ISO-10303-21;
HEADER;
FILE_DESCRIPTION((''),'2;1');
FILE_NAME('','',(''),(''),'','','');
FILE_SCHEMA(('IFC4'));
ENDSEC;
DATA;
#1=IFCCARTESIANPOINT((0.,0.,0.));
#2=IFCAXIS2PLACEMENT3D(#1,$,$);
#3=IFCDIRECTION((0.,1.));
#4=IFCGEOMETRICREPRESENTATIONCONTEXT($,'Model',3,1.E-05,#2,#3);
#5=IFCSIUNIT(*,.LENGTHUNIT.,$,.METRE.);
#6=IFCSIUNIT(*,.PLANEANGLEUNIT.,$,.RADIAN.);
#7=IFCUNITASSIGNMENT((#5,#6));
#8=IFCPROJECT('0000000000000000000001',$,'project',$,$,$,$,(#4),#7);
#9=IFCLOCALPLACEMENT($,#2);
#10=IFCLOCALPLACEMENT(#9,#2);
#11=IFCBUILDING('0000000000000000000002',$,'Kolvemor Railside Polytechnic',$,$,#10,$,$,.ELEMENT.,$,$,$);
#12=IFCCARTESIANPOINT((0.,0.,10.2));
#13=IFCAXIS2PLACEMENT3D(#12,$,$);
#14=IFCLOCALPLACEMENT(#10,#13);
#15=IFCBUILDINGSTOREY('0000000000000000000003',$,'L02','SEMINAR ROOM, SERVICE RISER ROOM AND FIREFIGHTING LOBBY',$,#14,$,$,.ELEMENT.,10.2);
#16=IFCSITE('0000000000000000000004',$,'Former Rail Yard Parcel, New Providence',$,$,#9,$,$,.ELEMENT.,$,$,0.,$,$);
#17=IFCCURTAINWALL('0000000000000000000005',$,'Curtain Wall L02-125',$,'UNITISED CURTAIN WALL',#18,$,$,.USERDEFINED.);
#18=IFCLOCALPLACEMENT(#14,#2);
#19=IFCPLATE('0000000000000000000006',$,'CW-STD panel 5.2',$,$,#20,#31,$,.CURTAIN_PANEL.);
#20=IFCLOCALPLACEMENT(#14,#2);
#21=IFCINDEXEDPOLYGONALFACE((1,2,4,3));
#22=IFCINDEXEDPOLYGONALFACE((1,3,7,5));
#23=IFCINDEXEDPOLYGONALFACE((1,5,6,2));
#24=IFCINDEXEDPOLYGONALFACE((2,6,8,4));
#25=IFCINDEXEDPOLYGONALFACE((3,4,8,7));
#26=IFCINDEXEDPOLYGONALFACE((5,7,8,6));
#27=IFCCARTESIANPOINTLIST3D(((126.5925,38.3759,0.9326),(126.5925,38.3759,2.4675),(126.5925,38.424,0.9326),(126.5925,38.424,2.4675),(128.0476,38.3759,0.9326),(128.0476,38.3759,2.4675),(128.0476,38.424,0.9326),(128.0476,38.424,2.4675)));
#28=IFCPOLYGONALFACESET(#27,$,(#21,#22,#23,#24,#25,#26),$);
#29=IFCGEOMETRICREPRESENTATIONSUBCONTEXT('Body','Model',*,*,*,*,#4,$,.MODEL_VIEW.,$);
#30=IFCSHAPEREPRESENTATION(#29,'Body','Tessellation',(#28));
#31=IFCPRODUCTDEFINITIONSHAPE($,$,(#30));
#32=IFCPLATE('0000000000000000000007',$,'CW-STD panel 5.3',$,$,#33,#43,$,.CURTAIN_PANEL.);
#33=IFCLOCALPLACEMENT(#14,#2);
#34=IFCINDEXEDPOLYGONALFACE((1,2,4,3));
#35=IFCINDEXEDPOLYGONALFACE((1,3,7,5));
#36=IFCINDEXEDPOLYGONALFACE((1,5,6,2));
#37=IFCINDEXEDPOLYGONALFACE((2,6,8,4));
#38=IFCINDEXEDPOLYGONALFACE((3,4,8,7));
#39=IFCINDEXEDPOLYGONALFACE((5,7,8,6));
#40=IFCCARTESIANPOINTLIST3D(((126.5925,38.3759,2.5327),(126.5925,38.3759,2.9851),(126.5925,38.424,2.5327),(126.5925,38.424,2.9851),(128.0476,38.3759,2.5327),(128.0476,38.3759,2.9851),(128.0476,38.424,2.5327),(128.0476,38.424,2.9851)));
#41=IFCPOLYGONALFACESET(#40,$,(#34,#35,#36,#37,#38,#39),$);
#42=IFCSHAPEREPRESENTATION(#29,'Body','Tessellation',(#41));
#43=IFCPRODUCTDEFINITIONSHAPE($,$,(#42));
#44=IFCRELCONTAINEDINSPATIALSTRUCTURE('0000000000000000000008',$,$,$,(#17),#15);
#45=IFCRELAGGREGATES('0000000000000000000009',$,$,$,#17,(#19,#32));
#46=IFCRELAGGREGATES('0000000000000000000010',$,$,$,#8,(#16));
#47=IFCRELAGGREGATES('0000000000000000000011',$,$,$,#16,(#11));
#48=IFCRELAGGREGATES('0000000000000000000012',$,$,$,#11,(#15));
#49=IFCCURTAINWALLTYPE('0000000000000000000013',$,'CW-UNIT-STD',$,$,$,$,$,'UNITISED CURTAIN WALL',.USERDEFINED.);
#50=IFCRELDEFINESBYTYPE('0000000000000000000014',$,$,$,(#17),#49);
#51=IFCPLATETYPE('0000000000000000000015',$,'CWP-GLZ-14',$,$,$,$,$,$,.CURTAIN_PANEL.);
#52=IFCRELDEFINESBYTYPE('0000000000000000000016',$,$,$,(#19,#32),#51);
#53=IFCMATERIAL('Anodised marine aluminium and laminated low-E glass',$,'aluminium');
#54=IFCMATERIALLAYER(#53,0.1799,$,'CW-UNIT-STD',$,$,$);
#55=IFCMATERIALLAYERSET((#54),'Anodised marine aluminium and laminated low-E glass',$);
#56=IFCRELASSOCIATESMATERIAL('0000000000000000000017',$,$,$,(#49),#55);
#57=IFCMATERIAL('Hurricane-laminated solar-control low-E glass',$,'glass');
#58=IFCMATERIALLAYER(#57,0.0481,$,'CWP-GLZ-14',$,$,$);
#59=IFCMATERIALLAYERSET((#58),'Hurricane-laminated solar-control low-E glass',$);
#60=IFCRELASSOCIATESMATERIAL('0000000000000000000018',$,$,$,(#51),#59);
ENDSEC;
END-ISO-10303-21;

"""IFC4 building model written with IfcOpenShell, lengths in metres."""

from ifc_helpers import new_model, si_unit, direction, frame, origin, origin_2d, place, context, subcontext, project, spatial, rectangle, extrude, material, layer, layer_set, type_object, element, aggregate, save


model = new_model("IFC4")

# Units and contexts
model_context = context("Model", 3, precision=1e-05, world=origin(), true_north=direction((0.0, 1.0)))
body_context = subcontext(model_context, "Body", "Model", "MODEL_VIEW")
ifc_project = project(units=[si_unit("LENGTHUNIT", "METRE"), si_unit("PLANEANGLEUNIT", "RADIAN")], contexts=[model_context])

# Site, building, storey
site_placement = place(None, origin())
site = spatial("IfcSite", under=ifc_project, at=site_placement, Name="Former Rail Yard Parcel, New Providence", CompositionType="ELEMENT", RefElevation=0.0)
building_placement = place(site_placement, origin())
building = spatial("IfcBuilding", under=site, at=building_placement, Name="Kolvemor Railside Polytechnic", CompositionType="ELEMENT")
storey_placement = place(building_placement, frame((0.0, 0.0, 10.2)))
storey = spatial("IfcBuildingStorey", under=building, at=storey_placement, Name="L02", Description="SEMINAR ROOM, SERVICE RISER ROOM AND FIREFIGHTING LOBBY", CompositionType="ELEMENT", Elevation=10.2)

# Curtain wall, plates
ifc_material_1 = material(Name="Anodised marine aluminium and laminated low-E glass", Category="aluminium")
ifc_layer_1 = layer(ifc_material_1, 0.1799, Name="CW-UNIT-STD")
ifc_layer_set_1 = layer_set([ifc_layer_1], Name="Anodised marine aluminium and laminated low-E glass")
curtain_wall_type = type_object("IfcCurtainWallType", Name="CW-UNIT-STD", ElementType="UNITISED CURTAIN WALL", PredefinedType="USERDEFINED", material=ifc_layer_set_1)
curtain_wall_placement = place(storey_placement, origin())
curtain_wall = element("IfcCurtainWall", 1, at=curtain_wall_placement, inside=storey, type_object=curtain_wall_type, Name="Curtain Wall L02-125", ObjectType="UNITISED CURTAIN WALL", PredefinedType="USERDEFINED")
ifc_material_2 = material(Name="Hurricane-laminated solar-control low-E glass", Category="glass")
ifc_layer_2 = layer(ifc_material_2, 0.0481, Name="CWP-GLZ-14")
ifc_layer_set_2 = layer_set([ifc_layer_2], Name="Hurricane-laminated solar-control low-E glass")
plate_type = type_object("IfcPlateType", Name="CWP-GLZ-14", PredefinedType="CURTAIN_PANEL", material=ifc_layer_set_2)
plate_1_placement = place(storey_placement, frame((127.3201, 38.3999, 0.9326), z_axis=(0.0, 0.0, 1.0), x_axis=(-1.0, 0.0, 0.0)))
plate_1 = element("IfcPlate", 2, at=plate_1_placement, type_object=plate_type, Name="CW-STD panel 5.2", PredefinedType="CURTAIN_PANEL", context=body_context, shape_type="SweptSolid", body=[
    extrude(rectangle(XDim=1.4551, YDim=0.0481, at=origin_2d()), origin(), (0.0, 0.0, 1.0), 1.5349),
])
plate_2_placement = place(storey_placement, frame((127.3201, 38.3999, 2.5327), z_axis=(0.0, 0.0, 1.0), x_axis=(-1.0, 0.0, 0.0)))
plate_2 = element("IfcPlate", 3, at=plate_2_placement, type_object=plate_type, Name="CW-STD panel 5.3", PredefinedType="CURTAIN_PANEL", context=body_context, shape_type="SweptSolid", body=[
    extrude(rectangle(XDim=1.4551, YDim=0.0481, at=origin_2d()), origin(), (0.0, 0.0, 1.0), 0.4524),
])
aggregate(curtain_wall, [plate_1, plate_2])

save(model, "model.ifc")
